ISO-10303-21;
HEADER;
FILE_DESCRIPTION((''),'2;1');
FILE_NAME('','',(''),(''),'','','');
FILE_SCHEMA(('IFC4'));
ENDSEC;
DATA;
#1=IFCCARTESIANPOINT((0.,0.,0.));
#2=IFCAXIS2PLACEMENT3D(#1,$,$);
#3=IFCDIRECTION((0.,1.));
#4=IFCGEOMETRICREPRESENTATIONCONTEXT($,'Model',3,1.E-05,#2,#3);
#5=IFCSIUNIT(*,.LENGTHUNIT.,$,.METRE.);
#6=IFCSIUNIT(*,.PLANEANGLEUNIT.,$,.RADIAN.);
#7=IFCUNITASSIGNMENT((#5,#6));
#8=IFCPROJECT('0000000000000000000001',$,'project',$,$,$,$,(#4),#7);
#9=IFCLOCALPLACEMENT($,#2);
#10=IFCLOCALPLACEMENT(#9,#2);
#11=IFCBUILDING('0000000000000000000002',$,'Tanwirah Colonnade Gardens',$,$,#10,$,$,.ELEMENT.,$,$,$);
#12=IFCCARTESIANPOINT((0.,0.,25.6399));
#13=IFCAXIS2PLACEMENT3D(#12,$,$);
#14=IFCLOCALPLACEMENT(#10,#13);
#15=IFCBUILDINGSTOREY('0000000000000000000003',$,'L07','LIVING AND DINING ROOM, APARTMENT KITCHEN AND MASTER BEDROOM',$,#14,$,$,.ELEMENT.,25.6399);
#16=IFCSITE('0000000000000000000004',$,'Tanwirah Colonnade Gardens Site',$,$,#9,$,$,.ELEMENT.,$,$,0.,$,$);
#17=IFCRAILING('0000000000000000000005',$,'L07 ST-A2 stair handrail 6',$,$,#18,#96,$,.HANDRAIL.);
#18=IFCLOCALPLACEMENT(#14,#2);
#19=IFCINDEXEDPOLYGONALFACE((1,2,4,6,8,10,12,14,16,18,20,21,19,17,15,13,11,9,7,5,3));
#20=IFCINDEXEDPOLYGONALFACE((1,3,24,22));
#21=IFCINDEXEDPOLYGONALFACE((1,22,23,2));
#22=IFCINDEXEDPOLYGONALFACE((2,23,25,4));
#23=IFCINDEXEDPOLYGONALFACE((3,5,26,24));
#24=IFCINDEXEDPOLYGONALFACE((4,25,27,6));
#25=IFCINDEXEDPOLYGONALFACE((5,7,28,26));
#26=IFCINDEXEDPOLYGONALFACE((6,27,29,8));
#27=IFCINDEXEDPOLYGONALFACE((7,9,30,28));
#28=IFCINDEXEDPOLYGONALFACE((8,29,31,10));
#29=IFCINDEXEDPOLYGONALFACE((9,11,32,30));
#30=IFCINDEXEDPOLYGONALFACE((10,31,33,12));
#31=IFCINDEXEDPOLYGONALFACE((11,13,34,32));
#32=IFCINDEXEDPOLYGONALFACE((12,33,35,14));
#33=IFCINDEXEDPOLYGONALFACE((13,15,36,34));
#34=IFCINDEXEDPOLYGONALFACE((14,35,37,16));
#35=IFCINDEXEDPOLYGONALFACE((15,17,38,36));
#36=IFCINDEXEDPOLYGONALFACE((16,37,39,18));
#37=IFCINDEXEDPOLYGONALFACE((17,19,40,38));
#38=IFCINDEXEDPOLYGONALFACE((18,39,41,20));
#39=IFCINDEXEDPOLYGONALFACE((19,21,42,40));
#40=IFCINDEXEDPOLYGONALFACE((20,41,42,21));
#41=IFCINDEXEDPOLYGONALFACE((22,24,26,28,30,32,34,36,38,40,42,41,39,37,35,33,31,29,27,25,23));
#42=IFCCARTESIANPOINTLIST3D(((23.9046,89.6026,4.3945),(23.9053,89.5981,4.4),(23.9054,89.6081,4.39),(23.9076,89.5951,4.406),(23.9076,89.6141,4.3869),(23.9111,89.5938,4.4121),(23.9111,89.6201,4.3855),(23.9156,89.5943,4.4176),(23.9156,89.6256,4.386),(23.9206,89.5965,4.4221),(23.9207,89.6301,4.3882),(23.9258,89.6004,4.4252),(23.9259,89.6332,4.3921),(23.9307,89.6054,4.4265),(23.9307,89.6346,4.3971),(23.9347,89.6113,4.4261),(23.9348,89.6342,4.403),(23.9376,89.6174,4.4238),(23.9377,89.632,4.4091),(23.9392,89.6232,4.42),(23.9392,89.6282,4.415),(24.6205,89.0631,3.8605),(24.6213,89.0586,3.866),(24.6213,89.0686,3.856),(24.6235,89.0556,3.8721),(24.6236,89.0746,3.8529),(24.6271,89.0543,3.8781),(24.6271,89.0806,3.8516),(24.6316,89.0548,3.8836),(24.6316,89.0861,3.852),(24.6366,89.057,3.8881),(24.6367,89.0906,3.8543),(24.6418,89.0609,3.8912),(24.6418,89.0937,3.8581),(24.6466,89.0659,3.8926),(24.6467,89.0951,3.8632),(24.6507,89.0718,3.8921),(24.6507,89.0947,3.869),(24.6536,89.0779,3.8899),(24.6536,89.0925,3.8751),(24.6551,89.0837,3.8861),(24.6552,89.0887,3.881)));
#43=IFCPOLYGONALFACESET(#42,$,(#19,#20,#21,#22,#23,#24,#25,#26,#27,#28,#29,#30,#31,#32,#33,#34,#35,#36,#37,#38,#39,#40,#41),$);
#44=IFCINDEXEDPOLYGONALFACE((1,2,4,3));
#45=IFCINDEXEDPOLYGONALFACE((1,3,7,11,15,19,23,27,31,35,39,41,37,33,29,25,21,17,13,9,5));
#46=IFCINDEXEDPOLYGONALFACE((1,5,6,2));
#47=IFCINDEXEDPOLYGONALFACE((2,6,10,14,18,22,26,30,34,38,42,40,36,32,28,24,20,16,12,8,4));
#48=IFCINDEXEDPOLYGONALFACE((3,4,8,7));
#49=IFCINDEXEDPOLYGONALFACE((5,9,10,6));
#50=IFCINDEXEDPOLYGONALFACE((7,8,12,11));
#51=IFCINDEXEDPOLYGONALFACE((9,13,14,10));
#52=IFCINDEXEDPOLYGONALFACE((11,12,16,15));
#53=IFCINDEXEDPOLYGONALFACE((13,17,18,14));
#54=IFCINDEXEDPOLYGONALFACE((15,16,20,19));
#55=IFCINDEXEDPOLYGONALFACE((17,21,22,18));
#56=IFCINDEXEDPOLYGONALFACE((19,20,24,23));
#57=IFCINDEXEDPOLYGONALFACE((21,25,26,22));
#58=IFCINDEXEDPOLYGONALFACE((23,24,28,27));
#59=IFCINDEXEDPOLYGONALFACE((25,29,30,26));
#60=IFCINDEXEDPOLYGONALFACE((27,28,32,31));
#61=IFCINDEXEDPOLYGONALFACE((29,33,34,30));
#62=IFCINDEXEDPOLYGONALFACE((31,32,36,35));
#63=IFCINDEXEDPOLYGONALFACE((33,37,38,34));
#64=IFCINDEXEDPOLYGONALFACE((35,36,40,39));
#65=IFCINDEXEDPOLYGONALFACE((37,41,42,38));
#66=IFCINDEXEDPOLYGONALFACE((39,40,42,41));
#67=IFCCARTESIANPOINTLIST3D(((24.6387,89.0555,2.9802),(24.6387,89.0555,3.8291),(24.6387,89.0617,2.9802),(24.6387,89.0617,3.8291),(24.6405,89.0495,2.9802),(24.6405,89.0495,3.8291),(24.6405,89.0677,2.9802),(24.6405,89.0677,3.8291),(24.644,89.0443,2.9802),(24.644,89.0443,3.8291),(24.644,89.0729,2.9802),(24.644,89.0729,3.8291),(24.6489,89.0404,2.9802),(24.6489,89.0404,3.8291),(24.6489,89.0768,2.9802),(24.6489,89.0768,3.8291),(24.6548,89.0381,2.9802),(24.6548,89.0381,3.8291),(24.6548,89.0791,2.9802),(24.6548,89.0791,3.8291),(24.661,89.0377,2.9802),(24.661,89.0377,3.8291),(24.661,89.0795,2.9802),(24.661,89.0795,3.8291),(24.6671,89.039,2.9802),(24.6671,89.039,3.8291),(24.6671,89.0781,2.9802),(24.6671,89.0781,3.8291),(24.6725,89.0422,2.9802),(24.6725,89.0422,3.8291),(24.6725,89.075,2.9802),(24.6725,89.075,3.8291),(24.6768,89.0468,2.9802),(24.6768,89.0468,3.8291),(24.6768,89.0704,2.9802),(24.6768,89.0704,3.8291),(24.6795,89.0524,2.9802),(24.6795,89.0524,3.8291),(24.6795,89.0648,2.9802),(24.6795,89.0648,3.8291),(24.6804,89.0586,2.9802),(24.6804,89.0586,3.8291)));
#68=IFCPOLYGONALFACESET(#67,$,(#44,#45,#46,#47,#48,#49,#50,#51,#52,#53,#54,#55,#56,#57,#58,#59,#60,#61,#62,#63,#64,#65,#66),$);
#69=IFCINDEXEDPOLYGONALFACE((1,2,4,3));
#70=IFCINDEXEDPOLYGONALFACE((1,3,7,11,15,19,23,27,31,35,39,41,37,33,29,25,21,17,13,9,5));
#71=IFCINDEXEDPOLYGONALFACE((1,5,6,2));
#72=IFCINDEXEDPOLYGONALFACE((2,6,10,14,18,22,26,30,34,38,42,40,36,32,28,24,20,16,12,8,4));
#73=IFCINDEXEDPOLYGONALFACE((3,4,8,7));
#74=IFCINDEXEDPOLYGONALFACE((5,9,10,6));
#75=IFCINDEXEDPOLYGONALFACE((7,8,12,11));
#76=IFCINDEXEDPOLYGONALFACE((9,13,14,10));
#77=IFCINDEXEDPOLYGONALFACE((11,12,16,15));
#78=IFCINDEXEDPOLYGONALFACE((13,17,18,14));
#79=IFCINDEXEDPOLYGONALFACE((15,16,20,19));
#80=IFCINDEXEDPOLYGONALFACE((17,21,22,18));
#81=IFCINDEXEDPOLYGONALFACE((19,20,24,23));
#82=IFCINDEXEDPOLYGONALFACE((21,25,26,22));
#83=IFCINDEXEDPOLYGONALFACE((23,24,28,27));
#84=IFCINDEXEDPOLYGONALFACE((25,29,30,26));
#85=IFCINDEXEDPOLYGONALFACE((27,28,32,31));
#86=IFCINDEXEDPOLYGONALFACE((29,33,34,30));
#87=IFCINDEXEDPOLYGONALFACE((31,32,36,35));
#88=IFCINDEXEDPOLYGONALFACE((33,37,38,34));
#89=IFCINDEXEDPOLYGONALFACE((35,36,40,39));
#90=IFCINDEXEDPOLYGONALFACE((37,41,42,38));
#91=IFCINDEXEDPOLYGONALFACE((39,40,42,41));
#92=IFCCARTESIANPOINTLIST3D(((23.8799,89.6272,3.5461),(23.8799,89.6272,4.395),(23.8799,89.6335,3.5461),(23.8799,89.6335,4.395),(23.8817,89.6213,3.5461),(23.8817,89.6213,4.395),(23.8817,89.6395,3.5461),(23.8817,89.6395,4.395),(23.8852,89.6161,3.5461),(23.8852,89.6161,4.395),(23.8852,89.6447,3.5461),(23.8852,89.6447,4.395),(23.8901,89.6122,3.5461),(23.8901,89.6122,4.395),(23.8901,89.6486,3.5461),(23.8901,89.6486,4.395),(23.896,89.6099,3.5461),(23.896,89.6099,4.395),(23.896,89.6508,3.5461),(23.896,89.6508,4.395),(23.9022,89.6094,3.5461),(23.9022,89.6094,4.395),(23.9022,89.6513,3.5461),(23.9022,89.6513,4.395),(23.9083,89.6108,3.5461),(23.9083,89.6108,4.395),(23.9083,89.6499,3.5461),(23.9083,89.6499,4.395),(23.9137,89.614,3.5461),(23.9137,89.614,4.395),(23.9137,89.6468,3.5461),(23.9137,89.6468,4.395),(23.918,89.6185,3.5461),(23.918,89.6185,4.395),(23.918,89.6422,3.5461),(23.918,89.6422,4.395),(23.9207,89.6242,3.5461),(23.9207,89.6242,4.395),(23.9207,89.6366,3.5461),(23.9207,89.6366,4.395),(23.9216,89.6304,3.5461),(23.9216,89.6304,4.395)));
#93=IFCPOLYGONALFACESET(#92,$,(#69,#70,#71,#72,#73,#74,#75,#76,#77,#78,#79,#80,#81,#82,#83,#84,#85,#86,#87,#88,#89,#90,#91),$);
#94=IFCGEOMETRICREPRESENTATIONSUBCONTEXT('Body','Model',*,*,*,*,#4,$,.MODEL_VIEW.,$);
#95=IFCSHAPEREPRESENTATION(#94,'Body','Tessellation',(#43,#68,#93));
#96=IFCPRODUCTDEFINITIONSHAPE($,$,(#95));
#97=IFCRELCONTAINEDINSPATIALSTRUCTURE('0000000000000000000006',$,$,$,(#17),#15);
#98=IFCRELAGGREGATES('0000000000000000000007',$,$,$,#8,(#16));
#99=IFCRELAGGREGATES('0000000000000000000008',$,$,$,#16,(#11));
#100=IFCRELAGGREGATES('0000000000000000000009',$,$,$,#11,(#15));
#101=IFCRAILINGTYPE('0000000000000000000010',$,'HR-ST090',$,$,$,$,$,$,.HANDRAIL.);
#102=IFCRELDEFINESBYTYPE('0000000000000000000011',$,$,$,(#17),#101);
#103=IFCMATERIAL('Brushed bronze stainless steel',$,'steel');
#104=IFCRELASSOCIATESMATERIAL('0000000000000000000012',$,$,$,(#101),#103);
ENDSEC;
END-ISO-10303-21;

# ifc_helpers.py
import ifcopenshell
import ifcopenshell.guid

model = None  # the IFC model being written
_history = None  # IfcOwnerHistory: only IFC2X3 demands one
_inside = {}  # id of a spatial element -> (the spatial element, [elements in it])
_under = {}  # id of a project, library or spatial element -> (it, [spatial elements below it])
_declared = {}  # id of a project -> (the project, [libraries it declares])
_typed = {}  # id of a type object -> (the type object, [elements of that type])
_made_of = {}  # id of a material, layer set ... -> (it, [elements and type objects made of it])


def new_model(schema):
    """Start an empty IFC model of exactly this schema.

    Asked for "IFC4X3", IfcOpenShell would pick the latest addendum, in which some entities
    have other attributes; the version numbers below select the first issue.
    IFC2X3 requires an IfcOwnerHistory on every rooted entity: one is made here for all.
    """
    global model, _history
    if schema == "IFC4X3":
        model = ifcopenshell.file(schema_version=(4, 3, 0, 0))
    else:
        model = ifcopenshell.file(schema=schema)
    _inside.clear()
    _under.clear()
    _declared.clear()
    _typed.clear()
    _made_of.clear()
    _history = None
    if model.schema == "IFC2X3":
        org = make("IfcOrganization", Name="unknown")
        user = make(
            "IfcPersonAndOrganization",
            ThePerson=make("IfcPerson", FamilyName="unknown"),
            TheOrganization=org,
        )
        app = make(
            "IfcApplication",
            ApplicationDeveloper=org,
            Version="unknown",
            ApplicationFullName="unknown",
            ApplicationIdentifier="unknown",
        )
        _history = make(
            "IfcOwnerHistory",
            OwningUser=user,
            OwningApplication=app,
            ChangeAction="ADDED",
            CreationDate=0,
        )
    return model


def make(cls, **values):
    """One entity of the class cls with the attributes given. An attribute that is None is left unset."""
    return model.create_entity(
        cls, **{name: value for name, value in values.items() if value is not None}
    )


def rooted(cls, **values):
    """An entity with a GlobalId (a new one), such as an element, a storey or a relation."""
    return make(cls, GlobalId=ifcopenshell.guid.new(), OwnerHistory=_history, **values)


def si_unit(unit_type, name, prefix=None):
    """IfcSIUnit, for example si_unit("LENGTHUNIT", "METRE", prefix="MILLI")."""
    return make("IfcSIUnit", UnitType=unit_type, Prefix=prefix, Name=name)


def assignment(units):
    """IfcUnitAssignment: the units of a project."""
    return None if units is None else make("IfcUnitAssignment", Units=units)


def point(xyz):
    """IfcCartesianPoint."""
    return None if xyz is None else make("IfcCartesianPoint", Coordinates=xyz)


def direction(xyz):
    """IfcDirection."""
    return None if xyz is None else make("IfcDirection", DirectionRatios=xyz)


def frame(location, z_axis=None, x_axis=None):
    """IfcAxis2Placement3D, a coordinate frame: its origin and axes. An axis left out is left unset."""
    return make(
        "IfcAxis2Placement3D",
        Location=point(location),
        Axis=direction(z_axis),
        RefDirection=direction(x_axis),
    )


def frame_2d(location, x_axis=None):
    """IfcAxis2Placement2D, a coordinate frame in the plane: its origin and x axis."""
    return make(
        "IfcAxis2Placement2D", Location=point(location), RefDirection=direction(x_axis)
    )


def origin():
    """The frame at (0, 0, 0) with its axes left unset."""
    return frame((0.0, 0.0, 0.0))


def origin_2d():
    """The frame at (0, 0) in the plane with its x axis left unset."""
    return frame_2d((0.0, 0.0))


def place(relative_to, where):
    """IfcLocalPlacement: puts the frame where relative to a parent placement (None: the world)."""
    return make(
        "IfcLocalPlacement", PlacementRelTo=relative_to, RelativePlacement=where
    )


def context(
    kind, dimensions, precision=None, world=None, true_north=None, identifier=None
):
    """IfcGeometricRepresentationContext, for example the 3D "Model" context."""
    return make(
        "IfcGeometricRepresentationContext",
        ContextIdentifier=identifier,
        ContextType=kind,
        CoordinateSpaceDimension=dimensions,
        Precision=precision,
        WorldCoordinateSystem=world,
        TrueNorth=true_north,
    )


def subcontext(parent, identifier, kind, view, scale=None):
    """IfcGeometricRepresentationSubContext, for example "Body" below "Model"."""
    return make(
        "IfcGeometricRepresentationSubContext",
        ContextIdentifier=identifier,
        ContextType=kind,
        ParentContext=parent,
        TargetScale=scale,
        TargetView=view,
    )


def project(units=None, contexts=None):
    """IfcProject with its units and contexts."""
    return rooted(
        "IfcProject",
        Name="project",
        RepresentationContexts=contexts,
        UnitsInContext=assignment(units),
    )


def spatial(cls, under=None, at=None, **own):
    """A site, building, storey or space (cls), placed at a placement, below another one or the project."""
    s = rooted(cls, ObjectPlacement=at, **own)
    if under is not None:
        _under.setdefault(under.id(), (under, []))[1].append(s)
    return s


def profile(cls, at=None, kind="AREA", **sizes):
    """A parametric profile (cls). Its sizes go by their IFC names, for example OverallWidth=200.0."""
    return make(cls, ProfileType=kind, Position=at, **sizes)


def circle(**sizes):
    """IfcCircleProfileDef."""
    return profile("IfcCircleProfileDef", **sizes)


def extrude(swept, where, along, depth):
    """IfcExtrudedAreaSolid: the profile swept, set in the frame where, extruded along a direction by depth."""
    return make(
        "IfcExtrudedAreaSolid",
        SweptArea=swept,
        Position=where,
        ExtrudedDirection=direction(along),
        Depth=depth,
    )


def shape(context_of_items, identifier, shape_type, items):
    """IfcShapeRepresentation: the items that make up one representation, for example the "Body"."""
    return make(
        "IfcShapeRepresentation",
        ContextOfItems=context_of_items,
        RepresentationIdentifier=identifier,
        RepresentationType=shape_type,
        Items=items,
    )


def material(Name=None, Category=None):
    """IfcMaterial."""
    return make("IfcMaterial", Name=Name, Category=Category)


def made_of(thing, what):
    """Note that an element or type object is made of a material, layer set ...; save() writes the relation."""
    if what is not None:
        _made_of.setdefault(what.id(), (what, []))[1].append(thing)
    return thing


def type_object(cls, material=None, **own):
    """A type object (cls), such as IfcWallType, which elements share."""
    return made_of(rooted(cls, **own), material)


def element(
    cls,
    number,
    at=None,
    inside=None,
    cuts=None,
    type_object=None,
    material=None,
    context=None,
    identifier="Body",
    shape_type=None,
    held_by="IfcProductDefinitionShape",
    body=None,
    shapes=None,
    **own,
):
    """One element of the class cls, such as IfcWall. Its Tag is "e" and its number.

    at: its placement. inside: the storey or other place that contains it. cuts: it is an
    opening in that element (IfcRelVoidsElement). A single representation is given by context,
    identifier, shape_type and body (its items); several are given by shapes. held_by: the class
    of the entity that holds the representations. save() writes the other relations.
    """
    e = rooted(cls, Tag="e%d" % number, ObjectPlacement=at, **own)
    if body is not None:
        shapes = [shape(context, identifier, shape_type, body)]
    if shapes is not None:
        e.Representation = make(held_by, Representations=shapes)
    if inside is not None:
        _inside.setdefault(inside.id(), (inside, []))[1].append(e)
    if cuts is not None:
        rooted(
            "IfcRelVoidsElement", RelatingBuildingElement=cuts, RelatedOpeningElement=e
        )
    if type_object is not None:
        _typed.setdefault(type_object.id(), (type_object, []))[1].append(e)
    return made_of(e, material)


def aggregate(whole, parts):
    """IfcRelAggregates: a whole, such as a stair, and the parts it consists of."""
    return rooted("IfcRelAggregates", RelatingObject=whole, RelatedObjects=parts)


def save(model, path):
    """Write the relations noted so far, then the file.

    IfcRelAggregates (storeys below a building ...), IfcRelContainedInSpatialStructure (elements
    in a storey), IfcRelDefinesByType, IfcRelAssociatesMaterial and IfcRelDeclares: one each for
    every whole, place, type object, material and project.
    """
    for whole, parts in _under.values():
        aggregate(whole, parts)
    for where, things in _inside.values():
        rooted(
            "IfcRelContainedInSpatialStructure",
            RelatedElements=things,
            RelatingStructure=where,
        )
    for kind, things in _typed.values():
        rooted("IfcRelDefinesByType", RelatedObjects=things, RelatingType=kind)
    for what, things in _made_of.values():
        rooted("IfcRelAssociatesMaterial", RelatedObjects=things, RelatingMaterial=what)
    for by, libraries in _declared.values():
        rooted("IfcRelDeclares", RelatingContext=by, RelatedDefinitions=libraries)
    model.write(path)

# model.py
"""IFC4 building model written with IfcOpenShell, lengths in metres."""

from ifc_helpers import new_model, si_unit, direction, frame, origin, origin_2d, place, context, subcontext, project, spatial, circle, extrude, material, type_object, element, save


model = new_model("IFC4")

# Units and contexts
model_context = context("Model", 3, precision=1e-05, world=origin(), true_north=direction((0.0, 1.0)))
body_context = subcontext(model_context, "Body", "Model", "MODEL_VIEW")
ifc_project = project(units=[si_unit("LENGTHUNIT", "METRE"), si_unit("PLANEANGLEUNIT", "RADIAN")], contexts=[model_context])

# Site, building, storey
site_placement = place(None, origin())
site = spatial("IfcSite", under=ifc_project, at=site_placement, Name="Tanwirah Colonnade Gardens Site", CompositionType="ELEMENT", RefElevation=0.0)
building_placement = place(site_placement, origin())
building = spatial("IfcBuilding", under=site, at=building_placement, Name="Tanwirah Colonnade Gardens", CompositionType="ELEMENT")
storey_placement = place(building_placement, frame((0.0, 0.0, 25.6399)))
storey = spatial("IfcBuildingStorey", under=building, at=storey_placement, Name="L07", Description="LIVING AND DINING ROOM, APARTMENT KITCHEN AND MASTER BEDROOM", CompositionType="ELEMENT", Elevation=25.6399)

# Railing
ifc_material_1 = material(Name="Brushed bronze stainless steel", Category="steel")
railing_type_1 = type_object("IfcRailingType", Name="HR-ST090", PredefinedType="HANDRAIL", material=ifc_material_1)
railing_1_placement = place(storey_placement, frame((24.6594, 89.0586, 2.9802)))
element("IfcRailing", 1, at=railing_1_placement, inside=storey, type_object=railing_type_1, Name="L07 ST-A2 stair handrail 6", PredefinedType="HANDRAIL", context=body_context, shape_type="SweptSolid", body=[
    extrude(circle(Radius=0.0239, at=origin_2d()), frame((-0.0215, 0.0161, 0.8918), z_axis=(-0.686145, 0.517037, 0.511739), x_axis=(-0.601807, -0.798641, 0.0)), (0.0, 0.0, 1.0), 1.0435),
    extrude(circle(Radius=0.021, at=origin_2d()), origin(), (0.0, 0.0, 1.0), 0.8489),
    extrude(circle(Radius=0.021, at=origin_2d()), frame((-0.7588, 0.5718, 0.5659)), (0.0, 0.0, 1.0), 0.8489),
])

save(model, "model.ifc")
